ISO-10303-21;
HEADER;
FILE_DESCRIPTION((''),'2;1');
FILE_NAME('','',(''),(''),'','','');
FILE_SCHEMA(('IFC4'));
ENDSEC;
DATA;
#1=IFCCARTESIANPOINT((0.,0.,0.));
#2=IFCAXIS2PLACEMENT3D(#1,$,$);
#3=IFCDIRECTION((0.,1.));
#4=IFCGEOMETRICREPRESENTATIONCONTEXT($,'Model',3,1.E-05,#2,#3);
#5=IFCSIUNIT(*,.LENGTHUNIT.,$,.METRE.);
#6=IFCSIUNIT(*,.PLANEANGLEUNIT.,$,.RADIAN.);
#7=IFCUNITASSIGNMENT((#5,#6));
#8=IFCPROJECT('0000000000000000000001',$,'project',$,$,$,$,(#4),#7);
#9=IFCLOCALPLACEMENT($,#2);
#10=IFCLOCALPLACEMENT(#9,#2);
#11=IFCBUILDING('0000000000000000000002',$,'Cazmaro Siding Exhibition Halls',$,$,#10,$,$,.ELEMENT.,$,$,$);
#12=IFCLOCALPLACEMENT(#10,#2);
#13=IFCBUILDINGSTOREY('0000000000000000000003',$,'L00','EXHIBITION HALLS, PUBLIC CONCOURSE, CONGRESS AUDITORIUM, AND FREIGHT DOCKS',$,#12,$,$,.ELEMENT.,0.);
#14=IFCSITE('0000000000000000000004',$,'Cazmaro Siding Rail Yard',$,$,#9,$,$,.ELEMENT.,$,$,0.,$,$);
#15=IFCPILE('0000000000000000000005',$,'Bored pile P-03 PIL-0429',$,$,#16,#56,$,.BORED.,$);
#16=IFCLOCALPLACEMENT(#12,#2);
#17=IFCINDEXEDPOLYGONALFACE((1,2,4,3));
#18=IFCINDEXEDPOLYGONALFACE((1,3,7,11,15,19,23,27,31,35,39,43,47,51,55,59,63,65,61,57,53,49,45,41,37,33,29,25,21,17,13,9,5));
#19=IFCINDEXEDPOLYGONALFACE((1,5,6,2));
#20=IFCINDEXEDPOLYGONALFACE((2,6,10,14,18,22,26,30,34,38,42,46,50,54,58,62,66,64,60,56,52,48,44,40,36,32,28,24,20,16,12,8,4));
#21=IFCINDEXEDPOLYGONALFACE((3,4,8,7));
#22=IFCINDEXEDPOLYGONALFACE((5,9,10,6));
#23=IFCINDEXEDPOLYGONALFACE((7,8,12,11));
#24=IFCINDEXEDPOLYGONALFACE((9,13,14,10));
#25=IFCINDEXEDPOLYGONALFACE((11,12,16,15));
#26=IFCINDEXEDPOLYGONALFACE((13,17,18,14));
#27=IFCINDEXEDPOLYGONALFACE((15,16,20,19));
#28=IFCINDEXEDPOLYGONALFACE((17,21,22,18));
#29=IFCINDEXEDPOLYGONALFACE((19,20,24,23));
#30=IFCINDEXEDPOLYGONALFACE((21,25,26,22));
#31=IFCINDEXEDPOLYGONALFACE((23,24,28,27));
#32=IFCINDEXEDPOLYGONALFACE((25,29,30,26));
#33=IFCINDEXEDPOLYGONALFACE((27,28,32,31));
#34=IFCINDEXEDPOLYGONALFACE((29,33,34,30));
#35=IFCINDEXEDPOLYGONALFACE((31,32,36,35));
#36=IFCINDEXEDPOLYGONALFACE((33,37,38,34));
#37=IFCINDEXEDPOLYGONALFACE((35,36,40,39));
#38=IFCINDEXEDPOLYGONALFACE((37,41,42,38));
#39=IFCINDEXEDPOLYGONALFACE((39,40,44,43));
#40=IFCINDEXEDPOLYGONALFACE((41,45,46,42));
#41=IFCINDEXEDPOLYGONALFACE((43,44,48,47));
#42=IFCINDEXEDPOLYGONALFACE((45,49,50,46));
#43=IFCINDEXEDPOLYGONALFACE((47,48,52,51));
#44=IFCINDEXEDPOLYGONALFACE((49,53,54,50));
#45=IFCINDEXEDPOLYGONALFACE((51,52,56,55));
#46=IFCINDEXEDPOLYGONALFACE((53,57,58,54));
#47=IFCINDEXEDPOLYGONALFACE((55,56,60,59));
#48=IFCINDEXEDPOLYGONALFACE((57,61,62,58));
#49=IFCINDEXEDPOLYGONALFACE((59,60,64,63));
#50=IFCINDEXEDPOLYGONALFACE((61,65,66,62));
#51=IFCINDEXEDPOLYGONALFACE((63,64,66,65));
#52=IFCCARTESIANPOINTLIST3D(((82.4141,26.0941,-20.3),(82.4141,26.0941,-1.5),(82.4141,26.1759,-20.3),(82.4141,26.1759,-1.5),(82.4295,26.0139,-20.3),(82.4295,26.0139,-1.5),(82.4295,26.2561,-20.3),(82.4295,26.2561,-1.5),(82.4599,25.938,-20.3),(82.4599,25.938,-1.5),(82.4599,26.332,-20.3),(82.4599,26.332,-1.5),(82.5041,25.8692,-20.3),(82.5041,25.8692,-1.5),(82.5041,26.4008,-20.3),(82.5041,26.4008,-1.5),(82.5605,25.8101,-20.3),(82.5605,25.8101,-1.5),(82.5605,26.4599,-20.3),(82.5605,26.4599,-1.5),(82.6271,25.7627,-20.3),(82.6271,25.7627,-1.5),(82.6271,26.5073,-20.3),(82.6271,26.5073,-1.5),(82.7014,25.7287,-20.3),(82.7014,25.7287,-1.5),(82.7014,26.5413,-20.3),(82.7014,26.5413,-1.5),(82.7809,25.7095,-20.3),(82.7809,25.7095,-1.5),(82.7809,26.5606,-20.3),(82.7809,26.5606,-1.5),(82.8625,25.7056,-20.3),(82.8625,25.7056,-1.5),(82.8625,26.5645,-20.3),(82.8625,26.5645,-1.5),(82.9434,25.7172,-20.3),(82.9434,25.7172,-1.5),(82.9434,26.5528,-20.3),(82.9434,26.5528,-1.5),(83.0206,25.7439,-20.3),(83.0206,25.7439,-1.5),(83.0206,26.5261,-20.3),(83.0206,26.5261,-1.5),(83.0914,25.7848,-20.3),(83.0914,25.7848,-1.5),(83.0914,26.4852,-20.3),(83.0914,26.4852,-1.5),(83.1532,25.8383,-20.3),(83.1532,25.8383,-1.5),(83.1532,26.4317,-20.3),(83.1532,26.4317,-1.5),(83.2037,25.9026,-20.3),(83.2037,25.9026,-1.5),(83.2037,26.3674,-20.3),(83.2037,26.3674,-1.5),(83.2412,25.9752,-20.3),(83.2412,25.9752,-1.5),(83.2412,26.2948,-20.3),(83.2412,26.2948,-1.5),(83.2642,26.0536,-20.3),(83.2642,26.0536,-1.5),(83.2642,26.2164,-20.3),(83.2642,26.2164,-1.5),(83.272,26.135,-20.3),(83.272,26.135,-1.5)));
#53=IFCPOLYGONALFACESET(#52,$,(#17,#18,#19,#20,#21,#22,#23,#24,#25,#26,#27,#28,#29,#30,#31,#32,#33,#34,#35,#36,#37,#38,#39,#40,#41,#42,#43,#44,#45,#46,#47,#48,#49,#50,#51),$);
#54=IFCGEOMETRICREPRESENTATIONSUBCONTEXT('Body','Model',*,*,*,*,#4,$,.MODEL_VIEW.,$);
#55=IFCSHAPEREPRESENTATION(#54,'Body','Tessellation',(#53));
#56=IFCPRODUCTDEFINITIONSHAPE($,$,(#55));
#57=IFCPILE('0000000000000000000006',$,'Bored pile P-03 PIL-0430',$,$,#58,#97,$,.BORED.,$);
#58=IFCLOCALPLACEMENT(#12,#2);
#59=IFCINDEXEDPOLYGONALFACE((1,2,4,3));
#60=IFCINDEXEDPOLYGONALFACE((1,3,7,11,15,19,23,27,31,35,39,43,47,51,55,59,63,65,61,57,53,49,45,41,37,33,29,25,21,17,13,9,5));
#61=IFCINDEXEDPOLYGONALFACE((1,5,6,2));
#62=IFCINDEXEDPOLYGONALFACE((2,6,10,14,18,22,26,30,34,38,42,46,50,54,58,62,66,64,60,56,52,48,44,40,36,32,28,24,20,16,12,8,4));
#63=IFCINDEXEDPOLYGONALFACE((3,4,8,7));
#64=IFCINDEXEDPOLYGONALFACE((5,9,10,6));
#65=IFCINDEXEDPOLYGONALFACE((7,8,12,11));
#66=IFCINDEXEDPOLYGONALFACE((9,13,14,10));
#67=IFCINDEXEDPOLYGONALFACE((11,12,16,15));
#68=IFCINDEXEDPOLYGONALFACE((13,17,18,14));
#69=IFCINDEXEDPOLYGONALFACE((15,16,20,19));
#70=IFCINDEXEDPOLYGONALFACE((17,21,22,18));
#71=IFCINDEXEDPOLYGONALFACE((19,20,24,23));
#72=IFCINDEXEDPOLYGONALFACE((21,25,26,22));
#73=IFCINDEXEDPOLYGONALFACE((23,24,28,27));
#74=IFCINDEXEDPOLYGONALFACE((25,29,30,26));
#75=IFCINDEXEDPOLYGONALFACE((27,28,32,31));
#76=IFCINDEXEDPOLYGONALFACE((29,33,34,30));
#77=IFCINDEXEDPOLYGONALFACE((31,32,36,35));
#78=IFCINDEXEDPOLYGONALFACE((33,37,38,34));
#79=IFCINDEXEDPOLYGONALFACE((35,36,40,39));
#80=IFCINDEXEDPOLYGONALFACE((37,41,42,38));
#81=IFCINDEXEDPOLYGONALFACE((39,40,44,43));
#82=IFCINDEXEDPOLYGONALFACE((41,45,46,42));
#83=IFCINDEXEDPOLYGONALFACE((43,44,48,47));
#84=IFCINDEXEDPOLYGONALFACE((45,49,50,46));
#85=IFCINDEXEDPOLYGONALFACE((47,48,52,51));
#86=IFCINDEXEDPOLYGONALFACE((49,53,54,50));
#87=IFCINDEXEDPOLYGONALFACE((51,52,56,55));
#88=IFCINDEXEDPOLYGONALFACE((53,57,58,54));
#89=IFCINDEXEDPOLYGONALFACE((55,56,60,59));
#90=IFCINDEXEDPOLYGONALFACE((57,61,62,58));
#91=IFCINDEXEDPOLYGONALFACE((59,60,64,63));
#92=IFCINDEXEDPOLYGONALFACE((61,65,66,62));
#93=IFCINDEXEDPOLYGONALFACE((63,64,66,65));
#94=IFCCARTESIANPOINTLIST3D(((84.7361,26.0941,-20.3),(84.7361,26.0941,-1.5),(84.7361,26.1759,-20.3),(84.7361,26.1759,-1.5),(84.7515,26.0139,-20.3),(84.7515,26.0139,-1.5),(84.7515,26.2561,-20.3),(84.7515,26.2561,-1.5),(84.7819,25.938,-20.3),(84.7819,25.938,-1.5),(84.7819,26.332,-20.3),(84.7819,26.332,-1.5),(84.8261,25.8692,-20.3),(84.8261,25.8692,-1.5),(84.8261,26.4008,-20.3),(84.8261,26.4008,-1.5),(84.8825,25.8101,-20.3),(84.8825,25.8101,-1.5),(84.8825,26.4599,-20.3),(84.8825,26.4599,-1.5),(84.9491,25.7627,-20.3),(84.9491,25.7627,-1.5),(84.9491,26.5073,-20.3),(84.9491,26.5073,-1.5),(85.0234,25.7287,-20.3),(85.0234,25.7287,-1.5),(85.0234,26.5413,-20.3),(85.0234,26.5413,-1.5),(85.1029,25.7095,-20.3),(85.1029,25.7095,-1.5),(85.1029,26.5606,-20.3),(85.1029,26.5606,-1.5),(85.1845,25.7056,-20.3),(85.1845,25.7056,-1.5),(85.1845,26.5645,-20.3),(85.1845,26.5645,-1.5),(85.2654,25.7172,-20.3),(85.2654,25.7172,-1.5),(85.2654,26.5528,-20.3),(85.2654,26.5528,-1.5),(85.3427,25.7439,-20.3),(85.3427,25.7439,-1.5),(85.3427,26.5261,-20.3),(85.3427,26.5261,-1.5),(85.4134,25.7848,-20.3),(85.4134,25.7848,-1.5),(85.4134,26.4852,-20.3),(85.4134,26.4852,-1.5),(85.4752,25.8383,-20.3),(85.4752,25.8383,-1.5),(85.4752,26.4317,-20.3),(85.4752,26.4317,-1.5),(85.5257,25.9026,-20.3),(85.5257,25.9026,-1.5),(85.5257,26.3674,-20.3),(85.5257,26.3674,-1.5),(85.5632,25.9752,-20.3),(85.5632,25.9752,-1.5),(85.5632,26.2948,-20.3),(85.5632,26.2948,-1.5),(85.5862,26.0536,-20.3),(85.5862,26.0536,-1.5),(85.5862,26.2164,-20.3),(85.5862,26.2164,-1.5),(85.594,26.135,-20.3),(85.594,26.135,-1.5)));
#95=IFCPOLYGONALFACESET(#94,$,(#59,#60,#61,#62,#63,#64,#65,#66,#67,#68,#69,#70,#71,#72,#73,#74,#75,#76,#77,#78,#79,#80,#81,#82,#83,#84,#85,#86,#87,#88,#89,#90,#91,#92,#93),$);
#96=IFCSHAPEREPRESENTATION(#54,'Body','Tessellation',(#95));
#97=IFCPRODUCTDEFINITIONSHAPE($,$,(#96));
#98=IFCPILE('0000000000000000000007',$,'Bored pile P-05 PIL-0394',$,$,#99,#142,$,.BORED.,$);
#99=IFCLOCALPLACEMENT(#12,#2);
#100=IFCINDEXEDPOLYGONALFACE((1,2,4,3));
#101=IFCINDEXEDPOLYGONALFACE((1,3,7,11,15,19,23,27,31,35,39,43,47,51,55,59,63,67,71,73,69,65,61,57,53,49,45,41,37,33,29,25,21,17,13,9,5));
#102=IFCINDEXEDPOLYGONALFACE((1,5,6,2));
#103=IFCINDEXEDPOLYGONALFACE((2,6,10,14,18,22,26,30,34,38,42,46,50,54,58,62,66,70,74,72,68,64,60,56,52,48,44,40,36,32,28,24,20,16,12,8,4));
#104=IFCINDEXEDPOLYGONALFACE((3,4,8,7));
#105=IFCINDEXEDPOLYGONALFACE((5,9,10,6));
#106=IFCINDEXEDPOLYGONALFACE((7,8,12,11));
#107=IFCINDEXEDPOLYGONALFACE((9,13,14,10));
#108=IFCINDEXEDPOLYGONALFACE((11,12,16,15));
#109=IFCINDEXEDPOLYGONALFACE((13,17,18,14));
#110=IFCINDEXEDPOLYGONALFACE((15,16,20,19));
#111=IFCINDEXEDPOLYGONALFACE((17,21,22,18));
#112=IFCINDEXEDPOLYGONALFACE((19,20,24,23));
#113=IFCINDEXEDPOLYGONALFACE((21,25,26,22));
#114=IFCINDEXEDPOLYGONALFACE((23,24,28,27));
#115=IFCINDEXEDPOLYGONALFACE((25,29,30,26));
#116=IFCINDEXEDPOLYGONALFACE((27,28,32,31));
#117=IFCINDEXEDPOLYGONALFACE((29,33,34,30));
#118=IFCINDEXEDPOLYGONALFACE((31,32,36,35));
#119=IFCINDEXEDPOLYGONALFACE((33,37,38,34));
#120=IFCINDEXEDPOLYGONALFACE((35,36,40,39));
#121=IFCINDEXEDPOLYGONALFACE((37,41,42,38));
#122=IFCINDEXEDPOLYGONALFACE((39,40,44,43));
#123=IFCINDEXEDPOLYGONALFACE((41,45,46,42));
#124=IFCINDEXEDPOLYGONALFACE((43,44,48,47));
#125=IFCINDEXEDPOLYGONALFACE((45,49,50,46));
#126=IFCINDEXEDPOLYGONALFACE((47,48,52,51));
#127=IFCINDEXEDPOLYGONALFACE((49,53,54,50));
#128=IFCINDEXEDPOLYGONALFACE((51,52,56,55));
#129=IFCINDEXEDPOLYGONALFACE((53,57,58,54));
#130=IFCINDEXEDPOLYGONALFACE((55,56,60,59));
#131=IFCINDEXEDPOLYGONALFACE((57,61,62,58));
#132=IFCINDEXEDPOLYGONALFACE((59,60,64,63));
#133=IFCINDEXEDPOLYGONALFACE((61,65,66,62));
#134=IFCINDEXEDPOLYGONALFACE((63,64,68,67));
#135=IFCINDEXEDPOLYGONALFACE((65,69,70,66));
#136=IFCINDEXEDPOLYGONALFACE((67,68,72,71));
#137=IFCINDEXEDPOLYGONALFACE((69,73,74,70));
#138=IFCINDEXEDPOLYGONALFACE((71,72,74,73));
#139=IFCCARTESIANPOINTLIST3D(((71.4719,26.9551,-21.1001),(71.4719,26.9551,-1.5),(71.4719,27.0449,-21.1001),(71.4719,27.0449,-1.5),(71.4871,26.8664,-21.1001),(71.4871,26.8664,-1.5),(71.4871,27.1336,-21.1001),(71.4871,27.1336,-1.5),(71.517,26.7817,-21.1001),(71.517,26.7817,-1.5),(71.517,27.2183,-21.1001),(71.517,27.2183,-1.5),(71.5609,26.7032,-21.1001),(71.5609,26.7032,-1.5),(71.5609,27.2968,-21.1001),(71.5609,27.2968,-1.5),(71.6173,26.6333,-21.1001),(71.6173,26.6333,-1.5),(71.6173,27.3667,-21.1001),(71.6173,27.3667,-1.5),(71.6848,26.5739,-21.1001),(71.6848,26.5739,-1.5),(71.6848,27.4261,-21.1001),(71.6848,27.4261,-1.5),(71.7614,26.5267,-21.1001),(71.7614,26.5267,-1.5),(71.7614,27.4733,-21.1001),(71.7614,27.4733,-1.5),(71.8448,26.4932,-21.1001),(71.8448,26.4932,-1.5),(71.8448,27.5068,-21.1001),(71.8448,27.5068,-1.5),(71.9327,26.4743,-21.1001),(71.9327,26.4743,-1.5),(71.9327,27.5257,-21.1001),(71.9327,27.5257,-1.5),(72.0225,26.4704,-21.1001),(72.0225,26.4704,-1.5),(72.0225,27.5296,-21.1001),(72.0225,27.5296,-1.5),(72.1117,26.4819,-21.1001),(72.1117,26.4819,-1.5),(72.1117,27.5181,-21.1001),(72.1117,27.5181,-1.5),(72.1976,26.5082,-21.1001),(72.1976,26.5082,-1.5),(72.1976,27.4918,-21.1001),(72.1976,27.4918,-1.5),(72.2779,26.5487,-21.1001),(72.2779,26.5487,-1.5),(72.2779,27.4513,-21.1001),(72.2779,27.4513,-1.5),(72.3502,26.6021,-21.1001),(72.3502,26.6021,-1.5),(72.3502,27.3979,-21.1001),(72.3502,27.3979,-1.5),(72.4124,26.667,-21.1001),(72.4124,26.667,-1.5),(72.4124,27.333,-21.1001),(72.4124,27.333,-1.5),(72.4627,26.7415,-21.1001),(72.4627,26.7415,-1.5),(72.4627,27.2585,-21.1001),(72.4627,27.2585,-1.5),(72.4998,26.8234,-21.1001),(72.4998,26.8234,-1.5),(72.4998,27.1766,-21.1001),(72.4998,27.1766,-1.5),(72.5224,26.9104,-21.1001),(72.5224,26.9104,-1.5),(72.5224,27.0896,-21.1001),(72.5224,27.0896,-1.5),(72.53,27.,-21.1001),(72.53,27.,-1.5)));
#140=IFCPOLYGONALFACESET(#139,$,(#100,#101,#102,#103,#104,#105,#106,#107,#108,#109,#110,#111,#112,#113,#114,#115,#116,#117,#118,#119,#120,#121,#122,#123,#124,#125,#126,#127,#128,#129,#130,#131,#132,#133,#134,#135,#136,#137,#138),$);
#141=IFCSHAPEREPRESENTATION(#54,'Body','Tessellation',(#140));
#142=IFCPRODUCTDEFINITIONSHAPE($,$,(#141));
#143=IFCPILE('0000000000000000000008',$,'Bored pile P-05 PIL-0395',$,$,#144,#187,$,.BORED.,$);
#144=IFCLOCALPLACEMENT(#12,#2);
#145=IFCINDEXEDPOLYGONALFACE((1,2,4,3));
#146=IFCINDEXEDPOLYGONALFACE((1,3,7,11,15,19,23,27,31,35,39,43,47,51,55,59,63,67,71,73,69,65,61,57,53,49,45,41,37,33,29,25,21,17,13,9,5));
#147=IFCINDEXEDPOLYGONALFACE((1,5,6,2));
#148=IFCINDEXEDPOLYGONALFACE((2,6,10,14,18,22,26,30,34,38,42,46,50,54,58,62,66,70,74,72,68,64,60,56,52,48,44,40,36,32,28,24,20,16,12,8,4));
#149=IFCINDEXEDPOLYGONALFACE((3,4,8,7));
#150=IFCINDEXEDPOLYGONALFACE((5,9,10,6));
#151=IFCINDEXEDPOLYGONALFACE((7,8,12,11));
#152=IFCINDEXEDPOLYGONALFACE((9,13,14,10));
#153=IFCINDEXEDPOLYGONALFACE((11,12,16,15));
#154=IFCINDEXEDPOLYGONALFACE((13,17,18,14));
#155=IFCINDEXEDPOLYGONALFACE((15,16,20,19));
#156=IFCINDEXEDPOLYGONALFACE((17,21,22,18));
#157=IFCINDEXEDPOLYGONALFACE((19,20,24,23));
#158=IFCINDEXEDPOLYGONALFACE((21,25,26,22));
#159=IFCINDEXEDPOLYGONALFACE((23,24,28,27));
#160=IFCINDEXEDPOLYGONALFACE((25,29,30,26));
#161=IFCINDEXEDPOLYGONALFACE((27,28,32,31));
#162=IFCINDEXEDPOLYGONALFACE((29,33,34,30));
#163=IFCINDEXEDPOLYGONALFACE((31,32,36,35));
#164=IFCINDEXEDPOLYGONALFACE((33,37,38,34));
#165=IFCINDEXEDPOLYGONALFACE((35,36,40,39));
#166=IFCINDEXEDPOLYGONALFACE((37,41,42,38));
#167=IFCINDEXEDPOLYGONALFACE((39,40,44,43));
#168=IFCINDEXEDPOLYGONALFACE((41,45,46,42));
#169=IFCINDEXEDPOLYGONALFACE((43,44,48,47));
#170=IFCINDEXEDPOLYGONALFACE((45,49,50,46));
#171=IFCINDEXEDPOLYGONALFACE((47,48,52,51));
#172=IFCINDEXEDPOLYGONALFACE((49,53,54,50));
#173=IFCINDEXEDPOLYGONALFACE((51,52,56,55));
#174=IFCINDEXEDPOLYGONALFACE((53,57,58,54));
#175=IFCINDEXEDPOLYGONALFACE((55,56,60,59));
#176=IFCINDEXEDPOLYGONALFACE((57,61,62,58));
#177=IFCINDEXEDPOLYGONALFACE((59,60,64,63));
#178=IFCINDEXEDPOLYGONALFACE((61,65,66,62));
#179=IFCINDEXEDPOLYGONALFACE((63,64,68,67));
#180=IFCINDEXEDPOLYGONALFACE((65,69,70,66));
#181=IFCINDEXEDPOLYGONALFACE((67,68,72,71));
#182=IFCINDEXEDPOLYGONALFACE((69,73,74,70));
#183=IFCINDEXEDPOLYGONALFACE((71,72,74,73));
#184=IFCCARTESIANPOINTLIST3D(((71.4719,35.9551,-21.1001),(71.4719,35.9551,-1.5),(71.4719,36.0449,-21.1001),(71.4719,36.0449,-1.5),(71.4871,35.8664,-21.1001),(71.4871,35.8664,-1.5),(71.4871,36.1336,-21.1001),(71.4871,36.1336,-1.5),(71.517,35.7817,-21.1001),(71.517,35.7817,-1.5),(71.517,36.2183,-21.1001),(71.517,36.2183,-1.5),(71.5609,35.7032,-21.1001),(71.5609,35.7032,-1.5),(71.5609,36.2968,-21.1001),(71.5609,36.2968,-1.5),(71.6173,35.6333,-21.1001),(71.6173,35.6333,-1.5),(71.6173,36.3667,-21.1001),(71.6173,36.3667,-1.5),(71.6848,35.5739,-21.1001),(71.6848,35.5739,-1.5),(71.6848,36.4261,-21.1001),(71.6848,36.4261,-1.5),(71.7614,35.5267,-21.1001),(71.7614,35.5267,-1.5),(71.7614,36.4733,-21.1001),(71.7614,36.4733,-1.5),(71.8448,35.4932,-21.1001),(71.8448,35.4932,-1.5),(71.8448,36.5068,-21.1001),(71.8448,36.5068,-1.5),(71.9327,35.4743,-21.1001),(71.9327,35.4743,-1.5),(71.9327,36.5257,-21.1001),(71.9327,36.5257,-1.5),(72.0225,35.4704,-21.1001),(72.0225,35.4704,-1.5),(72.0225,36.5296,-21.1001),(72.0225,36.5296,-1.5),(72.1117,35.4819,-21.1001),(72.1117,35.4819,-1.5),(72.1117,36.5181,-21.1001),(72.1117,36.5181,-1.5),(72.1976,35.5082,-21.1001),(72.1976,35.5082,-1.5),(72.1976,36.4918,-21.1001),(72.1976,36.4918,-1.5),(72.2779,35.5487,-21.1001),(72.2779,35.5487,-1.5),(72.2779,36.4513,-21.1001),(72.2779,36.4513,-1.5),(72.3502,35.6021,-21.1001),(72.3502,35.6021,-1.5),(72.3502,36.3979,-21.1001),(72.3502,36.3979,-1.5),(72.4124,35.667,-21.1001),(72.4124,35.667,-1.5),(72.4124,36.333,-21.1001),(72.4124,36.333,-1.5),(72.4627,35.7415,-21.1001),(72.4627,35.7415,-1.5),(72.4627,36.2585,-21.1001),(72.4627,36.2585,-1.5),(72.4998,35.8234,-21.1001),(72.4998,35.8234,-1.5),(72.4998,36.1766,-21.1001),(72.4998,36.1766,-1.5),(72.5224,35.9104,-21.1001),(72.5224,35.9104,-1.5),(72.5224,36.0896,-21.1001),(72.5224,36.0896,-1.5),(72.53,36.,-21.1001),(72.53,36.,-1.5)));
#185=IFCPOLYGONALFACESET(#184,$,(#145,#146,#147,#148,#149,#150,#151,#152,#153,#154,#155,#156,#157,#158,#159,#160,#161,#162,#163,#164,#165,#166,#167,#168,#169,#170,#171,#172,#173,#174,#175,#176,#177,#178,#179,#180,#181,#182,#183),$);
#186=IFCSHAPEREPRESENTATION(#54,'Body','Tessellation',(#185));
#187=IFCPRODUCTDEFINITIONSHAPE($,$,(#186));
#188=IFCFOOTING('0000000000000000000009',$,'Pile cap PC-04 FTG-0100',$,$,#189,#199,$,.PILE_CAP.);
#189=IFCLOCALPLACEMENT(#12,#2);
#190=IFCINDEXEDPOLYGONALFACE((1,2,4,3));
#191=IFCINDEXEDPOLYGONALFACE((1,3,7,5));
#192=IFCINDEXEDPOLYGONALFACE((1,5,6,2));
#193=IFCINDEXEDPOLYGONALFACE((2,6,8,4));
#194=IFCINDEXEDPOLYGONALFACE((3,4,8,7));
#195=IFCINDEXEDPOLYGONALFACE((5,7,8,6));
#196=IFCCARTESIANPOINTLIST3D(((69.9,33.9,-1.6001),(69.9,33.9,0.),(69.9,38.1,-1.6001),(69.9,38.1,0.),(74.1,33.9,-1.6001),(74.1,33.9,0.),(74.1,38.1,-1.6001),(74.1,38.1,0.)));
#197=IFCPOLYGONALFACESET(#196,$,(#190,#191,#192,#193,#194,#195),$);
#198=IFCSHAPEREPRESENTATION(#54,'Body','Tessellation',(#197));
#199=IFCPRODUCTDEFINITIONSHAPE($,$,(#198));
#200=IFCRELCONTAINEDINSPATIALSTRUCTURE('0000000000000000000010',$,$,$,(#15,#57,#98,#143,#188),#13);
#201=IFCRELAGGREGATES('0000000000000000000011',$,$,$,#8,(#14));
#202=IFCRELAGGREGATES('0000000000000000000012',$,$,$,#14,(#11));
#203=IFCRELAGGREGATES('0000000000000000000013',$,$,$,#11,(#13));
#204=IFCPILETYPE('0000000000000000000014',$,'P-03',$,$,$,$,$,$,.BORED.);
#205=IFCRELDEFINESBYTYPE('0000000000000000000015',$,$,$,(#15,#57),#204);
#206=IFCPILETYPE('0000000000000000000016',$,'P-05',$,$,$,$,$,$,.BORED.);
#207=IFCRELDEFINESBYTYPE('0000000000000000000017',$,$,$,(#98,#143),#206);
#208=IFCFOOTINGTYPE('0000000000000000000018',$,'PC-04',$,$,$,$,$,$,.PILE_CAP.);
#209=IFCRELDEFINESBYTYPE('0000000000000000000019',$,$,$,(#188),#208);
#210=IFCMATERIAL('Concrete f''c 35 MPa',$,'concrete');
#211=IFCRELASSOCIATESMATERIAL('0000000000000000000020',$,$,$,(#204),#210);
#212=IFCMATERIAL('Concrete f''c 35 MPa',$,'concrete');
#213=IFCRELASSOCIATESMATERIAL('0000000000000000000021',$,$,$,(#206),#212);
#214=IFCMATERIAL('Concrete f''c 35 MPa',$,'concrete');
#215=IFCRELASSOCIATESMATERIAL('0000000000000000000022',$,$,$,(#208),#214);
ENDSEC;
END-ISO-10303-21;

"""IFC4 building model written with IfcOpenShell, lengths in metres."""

from ifc_helpers import new_model, si_unit, direction, frame, origin, origin_2d, place, context, subcontext, project, spatial, rectangle, circle, extrude, material, material_profile, profile_set, type_object, element, save


model = new_model("IFC4")

# Units and contexts
model_context = context("Model", 3, precision=1e-05, world=origin(), true_north=direction((0.0, 1.0)))
body_context = subcontext(model_context, "Body", "Model", "MODEL_VIEW")
ifc_project = project(units=[si_unit("LENGTHUNIT", "METRE"), si_unit("PLANEANGLEUNIT", "RADIAN")], contexts=[model_context])

# Site, building, storey
site_placement = place(None, origin())
site = spatial("IfcSite", under=ifc_project, at=site_placement, Name="Cazmaro Siding Rail Yard", CompositionType="ELEMENT", RefElevation=0.0)
building_placement = place(site_placement, origin())
building = spatial("IfcBuilding", under=site, at=building_placement, Name="Cazmaro Siding Exhibition Halls", CompositionType="ELEMENT")
storey_placement = place(building_placement, origin())
storey = spatial("IfcBuildingStorey", under=building, at=storey_placement, Name="L00", Description="EXHIBITION HALLS, PUBLIC CONCOURSE, CONGRESS AUDITORIUM, AND FREIGHT DOCKS", CompositionType="ELEMENT", Elevation=0.0)

# Piles
ifc_material_1 = material(Name="Concrete f'c 35 MPa", Category="concrete")
ifc_material_profile_1 = material_profile(ifc_material_1, circle(Radius=0.4299, at=origin_2d()), Name="CIDH-860")
ifc_profile_set_1 = profile_set([ifc_material_profile_1], Name="Concrete f'c 35 MPa")
pile_type_1 = type_object("IfcPileType", Name="P-03", PredefinedType="BORED", material=ifc_profile_set_1)
for number, where, z_axis, x_axis, name in (
    (1, (82.842, 26.135, -1.5), (0.0, 0.0, -1.0), (1.0, 0.0, 0.0), "Bored pile P-03 PIL-0429"),
    (2, (85.1641, 26.135, -1.5), (0.0, 0.0, -1.0), (1.0, 0.0, 0.0), "Bored pile P-03 PIL-0430"),
):
    element("IfcPile", number, at=place(storey_placement, frame(where, z_axis=z_axis, x_axis=x_axis)), inside=storey, type_object=pile_type_1, Name=name, PredefinedType="BORED", context=body_context, shape_type="SweptSolid", body=[
        extrude(circle(Radius=0.4299, at=origin_2d()), origin(), (0.0, 0.0, 1.0), 18.8),
    ])
ifc_material_2 = material(Name="Concrete f'c 35 MPa", Category="concrete")
ifc_material_profile_2 = material_profile(ifc_material_2, circle(Radius=0.53, at=origin_2d()), Name="CIDH-1060")
ifc_profile_set_2 = profile_set([ifc_material_profile_2], Name="Concrete f'c 35 MPa")
pile_type_2 = type_object("IfcPileType", Name="P-05", PredefinedType="BORED", material=ifc_profile_set_2)
for number, where, z_axis, x_axis, name in (
    (3, (72.0, 27.0, -1.5), (0.0, 0.0, -1.0), (1.0, 0.0, 0.0), "Bored pile P-05 PIL-0394"),
    (4, (72.0, 36.0, -1.5), (0.0, 0.0, -1.0), (1.0, 0.0, 0.0), "Bored pile P-05 PIL-0395"),
):
    element("IfcPile", number, at=place(storey_placement, frame(where, z_axis=z_axis, x_axis=x_axis)), inside=storey, type_object=pile_type_2, Name=name, PredefinedType="BORED", context=body_context, shape_type="SweptSolid", body=[
        extrude(circle(Radius=0.53, at=origin_2d()), origin(), (0.0, 0.0, 1.0), 19.6001),
    ])

# Footing
ifc_material_3 = material(Name="Concrete f'c 35 MPa", Category="concrete")
footing_type_1 = type_object("IfcFootingType", Name="PC-04", PredefinedType="PILE_CAP", material=ifc_material_3)
footing_1_placement = place(storey_placement, frame((72.0, 36.0, -1.6001), z_axis=(0.0, 0.0, 1.0), x_axis=(1.0, 0.0, 0.0)))
element("IfcFooting", 5, at=footing_1_placement, inside=storey, type_object=footing_type_1, Name="Pile cap PC-04 FTG-0100", PredefinedType="PILE_CAP", context=body_context, shape_type="SweptSolid", body=[
    extrude(rectangle(XDim=4.2, YDim=4.2, at=origin_2d()), origin(), (0.0, 0.0, 1.0), 1.6001),
])

save(model, "model.ifc")
